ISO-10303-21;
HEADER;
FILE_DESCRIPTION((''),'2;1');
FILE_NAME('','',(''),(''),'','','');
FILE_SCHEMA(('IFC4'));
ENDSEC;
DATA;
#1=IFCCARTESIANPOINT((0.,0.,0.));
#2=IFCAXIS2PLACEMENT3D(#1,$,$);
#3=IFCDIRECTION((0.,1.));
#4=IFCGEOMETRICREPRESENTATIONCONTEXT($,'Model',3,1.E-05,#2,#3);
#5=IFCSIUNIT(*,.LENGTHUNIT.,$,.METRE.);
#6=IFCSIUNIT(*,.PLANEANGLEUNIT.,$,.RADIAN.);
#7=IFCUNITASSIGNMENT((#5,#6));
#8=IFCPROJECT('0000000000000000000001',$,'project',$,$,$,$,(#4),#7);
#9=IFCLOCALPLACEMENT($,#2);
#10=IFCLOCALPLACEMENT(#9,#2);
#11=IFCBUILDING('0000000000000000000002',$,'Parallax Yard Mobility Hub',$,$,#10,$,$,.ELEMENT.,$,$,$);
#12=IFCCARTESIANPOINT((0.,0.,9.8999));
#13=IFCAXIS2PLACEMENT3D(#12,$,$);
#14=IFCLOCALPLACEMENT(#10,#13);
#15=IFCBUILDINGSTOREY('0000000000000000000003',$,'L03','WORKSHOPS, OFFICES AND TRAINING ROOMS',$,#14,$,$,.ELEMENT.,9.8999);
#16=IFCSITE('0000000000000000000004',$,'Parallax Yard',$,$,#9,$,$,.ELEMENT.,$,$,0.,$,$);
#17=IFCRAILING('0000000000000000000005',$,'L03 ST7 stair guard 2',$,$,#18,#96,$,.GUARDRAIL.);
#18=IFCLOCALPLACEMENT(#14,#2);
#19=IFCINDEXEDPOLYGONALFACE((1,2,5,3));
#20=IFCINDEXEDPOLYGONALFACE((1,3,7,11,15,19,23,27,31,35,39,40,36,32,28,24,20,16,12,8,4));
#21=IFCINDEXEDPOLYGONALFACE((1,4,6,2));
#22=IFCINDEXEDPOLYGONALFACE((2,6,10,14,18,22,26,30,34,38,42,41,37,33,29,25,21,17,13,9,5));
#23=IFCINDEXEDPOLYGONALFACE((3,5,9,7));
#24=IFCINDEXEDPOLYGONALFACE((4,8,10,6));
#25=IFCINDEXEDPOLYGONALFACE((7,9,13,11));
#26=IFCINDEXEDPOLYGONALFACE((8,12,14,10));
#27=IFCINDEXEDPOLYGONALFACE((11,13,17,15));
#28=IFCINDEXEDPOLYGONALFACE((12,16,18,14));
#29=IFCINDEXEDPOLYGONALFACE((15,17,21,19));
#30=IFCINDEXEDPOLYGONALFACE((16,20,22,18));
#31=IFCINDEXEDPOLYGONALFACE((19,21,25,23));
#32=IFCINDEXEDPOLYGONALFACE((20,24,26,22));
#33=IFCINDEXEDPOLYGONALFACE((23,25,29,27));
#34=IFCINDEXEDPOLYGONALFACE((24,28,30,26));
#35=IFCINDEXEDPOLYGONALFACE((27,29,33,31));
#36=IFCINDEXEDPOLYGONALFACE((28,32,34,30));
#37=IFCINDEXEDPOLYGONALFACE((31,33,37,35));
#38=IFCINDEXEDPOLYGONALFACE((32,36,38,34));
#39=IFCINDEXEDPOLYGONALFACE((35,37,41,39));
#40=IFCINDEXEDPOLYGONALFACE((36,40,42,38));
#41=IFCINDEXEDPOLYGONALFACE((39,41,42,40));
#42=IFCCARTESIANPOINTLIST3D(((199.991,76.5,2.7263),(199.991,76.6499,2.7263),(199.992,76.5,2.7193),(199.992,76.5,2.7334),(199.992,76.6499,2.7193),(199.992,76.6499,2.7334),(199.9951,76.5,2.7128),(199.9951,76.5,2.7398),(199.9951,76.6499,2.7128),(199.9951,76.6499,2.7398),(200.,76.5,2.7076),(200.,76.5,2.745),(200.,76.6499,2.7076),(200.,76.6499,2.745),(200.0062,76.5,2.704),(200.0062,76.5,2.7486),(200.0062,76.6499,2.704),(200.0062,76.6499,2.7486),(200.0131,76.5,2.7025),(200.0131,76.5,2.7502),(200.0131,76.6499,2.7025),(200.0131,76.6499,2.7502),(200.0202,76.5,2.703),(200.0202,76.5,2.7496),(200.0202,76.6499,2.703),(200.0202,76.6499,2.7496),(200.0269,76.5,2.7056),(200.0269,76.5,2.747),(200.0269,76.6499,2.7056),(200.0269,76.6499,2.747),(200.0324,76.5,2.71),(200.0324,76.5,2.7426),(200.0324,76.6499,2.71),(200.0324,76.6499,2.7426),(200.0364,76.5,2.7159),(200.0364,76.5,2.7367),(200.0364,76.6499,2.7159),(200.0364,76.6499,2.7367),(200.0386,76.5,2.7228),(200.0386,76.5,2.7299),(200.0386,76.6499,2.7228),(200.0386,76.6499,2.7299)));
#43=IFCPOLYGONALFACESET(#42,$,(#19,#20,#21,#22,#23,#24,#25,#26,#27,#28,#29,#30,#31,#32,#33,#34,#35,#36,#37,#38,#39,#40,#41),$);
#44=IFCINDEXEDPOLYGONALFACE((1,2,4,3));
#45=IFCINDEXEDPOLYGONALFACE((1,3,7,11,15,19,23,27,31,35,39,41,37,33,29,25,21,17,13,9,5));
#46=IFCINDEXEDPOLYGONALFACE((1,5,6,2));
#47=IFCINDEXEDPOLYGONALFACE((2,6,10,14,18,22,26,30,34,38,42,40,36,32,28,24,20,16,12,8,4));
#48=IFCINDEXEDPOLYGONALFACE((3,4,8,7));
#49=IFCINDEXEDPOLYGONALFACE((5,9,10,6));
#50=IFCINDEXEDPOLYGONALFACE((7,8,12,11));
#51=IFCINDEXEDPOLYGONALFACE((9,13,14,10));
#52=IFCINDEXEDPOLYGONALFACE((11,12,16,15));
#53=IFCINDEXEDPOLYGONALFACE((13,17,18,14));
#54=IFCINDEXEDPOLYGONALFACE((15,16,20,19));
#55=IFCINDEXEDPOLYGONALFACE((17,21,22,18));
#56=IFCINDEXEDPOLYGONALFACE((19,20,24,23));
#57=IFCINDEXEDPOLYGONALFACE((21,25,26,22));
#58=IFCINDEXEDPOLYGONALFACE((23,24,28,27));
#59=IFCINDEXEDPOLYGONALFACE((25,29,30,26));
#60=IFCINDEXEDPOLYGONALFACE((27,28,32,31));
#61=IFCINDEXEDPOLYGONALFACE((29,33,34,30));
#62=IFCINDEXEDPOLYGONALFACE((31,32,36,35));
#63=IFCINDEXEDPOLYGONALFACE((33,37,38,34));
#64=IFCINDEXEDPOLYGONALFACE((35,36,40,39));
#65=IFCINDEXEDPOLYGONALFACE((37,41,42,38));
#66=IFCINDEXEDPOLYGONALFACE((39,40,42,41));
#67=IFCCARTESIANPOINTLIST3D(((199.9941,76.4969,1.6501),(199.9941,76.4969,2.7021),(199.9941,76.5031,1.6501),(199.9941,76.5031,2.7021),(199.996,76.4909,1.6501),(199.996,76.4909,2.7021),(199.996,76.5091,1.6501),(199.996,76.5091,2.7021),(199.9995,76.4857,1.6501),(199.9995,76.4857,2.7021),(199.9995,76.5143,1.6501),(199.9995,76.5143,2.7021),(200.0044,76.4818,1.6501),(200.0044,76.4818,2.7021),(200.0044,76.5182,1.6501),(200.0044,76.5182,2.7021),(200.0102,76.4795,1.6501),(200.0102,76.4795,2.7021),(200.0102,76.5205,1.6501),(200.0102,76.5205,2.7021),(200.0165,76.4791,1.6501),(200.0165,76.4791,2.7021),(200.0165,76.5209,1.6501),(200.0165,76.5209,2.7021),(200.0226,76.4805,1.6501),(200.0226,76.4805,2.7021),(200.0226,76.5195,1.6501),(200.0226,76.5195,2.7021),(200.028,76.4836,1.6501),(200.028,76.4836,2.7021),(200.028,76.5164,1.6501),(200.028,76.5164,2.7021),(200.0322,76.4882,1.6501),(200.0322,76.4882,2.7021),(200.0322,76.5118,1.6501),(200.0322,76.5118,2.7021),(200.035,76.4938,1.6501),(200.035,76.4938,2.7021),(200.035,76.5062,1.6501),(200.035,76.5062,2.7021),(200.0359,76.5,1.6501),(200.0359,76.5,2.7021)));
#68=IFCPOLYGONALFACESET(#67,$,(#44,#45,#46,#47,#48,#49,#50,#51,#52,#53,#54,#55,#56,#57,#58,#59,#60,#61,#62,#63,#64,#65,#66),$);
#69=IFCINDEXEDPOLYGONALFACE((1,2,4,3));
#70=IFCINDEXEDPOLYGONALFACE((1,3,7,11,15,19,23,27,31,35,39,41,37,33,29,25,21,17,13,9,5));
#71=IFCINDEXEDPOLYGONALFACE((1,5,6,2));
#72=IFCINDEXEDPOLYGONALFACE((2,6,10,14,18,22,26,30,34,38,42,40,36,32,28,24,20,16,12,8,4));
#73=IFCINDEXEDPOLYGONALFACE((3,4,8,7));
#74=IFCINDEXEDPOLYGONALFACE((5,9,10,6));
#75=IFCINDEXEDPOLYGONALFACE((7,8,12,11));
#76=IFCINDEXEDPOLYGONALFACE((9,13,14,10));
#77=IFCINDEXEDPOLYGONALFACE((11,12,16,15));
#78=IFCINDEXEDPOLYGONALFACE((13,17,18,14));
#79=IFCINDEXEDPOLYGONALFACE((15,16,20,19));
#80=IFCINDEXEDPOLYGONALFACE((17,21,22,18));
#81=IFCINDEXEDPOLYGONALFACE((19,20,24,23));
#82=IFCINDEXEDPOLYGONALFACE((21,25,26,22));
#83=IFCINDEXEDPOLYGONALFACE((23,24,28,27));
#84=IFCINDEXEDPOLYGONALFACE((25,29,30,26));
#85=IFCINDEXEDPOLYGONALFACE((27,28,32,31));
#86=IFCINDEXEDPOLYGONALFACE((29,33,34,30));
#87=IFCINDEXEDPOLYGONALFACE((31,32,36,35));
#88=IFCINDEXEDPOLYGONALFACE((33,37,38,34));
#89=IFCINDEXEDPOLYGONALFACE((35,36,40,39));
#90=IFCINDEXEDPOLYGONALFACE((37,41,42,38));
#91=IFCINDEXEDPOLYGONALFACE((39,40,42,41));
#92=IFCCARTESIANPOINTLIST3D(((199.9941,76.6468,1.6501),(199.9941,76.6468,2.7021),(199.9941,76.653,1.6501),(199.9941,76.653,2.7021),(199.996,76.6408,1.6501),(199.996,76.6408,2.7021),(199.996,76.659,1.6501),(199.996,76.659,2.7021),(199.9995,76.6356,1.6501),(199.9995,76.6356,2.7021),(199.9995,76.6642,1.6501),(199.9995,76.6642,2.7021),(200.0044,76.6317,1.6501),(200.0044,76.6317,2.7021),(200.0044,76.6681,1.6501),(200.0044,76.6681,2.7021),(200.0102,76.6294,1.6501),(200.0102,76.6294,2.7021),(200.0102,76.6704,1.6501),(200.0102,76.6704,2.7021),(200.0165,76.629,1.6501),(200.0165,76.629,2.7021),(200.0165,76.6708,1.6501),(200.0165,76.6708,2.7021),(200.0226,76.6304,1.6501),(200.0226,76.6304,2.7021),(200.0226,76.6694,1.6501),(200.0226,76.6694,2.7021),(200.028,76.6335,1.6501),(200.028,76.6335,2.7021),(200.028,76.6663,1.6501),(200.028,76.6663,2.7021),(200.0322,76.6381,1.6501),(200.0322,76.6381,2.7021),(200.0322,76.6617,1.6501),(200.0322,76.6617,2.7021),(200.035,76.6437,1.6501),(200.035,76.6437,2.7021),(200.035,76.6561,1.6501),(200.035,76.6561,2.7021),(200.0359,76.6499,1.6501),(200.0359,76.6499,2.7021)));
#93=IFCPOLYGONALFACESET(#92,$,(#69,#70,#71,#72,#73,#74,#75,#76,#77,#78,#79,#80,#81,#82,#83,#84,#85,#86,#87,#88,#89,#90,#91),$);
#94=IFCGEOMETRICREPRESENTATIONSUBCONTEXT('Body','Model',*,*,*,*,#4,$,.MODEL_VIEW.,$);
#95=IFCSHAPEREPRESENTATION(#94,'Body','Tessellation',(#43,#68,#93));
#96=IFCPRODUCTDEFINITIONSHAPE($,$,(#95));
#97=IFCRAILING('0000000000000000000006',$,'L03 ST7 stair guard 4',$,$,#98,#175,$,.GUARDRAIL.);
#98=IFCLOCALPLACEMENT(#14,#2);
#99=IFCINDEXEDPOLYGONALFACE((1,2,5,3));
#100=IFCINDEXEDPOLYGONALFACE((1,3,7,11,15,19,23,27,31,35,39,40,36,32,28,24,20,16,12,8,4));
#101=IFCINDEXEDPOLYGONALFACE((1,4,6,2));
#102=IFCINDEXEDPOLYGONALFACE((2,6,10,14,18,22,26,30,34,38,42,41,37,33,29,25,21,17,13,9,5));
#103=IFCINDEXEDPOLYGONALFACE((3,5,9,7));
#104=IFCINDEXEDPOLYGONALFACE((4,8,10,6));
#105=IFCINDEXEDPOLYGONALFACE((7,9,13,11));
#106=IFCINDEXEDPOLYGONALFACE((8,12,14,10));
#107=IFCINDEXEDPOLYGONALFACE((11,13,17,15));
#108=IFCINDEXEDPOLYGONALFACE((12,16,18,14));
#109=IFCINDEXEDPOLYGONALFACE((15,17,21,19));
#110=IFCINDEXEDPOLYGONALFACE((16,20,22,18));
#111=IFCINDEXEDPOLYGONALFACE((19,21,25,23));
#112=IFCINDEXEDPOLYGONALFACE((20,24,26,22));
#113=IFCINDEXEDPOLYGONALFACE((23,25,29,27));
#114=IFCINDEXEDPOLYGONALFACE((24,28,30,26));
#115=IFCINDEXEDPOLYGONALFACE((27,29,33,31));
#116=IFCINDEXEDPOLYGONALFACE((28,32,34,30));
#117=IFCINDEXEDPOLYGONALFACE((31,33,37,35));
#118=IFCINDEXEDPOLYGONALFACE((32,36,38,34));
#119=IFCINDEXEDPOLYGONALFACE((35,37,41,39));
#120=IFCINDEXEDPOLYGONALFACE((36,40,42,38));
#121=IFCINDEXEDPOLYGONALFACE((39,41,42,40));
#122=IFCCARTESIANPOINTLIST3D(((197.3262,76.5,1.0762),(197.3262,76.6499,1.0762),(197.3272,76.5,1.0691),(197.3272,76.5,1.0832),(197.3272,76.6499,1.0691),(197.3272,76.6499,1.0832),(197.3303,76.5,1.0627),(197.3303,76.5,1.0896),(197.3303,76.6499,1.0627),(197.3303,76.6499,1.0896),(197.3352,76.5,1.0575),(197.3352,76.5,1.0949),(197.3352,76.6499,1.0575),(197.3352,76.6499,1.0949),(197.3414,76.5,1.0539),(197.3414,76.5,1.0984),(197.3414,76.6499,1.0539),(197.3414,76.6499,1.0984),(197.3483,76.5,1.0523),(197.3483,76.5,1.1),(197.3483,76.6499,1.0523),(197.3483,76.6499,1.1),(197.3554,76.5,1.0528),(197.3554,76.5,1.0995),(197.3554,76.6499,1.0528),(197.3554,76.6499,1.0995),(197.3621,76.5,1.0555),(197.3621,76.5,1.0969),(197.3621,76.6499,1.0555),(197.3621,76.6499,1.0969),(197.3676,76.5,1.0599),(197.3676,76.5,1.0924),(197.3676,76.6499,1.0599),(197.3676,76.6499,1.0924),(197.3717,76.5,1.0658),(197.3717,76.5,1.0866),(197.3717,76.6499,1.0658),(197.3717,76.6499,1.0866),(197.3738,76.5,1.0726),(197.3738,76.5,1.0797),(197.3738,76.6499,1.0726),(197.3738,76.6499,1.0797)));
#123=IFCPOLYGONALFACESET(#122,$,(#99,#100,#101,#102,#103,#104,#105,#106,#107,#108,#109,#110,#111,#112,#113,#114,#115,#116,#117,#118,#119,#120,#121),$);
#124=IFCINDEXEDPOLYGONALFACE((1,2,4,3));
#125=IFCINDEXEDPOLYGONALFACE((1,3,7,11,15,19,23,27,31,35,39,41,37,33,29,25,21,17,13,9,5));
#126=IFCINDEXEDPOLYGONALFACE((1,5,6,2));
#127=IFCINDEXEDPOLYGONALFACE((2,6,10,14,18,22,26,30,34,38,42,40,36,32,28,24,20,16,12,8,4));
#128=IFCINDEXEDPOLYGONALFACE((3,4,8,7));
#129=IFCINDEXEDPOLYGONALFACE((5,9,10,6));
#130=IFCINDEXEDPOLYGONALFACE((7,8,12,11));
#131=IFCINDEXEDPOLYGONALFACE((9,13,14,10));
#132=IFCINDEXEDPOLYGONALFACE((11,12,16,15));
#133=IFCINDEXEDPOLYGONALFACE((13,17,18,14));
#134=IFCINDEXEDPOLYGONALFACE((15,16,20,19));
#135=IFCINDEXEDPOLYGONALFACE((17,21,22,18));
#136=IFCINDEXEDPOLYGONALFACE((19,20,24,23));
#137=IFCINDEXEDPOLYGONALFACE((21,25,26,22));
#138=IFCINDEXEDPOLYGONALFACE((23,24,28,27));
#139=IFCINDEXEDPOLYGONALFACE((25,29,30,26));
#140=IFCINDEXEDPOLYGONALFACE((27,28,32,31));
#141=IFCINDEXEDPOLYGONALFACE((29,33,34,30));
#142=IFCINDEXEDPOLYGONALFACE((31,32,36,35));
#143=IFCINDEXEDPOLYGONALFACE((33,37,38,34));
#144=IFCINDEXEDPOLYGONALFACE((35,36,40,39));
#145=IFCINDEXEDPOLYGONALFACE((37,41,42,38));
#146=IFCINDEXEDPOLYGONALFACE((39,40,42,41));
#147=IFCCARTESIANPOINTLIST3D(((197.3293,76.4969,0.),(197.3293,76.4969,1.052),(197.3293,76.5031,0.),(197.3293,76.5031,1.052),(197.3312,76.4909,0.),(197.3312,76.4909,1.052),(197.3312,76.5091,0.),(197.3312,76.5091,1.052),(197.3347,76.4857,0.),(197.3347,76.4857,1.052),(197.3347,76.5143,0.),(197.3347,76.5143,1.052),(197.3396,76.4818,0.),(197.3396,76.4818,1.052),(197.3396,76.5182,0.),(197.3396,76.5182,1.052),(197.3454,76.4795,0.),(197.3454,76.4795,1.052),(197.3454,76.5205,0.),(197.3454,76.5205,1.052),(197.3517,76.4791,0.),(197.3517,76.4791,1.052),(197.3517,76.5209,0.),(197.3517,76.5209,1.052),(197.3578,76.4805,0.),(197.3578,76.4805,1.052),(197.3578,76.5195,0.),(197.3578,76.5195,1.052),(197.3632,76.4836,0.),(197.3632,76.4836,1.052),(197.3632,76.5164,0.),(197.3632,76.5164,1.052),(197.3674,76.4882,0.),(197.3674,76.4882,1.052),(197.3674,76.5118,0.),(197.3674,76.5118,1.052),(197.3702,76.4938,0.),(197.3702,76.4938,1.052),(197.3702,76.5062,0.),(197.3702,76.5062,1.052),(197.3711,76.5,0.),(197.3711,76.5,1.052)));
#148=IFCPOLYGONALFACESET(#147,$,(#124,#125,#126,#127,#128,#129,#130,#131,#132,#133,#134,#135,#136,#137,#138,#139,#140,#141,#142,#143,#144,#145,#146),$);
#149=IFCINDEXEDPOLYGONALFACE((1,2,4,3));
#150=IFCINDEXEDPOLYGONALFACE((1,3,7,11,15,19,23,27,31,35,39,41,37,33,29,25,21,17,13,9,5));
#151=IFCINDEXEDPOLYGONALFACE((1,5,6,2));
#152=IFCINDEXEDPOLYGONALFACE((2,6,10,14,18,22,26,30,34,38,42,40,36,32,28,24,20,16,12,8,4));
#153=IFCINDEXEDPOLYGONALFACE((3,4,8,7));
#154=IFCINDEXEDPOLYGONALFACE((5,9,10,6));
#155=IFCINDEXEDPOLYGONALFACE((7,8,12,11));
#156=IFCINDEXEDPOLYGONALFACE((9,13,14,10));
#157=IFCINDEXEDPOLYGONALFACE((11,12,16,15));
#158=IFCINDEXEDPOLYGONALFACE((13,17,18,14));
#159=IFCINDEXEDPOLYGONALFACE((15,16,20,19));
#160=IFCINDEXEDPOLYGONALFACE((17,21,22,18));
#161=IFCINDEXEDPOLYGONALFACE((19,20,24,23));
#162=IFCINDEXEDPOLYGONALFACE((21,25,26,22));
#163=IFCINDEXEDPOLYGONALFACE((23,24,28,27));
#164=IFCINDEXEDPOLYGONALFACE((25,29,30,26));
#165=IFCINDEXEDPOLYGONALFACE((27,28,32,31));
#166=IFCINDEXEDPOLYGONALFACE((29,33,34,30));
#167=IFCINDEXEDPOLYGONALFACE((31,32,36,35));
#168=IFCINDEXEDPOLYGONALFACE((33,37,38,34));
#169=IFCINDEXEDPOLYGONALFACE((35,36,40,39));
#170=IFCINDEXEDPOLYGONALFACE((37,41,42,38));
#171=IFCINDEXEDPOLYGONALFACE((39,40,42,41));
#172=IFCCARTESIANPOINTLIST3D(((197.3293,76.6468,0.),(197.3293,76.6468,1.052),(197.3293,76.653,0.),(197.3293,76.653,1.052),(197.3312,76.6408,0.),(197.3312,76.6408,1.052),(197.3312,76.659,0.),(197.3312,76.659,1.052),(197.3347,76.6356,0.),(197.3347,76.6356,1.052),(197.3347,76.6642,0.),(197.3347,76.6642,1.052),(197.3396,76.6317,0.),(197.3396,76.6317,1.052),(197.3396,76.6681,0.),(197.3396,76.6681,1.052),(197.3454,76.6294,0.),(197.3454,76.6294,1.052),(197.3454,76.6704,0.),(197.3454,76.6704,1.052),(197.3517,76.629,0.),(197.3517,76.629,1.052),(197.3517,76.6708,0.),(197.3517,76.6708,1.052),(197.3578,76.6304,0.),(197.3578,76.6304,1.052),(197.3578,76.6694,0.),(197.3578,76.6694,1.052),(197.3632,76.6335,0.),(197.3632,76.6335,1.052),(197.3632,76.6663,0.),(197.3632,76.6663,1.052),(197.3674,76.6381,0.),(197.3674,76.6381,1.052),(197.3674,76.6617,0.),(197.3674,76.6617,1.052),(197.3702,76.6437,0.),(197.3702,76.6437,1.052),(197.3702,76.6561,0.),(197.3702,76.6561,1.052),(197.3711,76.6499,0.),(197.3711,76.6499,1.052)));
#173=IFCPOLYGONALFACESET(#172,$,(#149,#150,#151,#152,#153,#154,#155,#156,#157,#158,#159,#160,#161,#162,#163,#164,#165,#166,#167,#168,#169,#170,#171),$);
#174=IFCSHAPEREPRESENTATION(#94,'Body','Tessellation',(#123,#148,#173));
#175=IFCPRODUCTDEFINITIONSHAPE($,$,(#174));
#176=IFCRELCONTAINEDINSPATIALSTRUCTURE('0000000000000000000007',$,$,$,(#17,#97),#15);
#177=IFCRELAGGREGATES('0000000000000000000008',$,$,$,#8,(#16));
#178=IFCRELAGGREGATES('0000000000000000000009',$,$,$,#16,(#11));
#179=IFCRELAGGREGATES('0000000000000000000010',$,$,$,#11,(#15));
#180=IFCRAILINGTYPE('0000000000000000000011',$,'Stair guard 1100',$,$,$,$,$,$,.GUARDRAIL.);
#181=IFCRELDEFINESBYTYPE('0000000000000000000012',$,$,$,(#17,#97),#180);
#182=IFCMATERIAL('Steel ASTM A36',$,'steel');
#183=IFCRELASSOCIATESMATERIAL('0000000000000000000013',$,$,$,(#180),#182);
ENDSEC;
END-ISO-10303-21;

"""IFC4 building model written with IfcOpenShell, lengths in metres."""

from ifc_helpers import new_model, si_unit, direction, frame, origin, origin_2d, place, context, subcontext, project, spatial, circle, extrude, material, type_object, element, save


model = new_model("IFC4")

# Units and contexts
model_context = context("Model", 3, precision=1e-05, world=origin(), true_north=direction((0.0, 1.0)))
body_context = subcontext(model_context, "Body", "Model", "MODEL_VIEW")
ifc_project = project(units=[si_unit("LENGTHUNIT", "METRE"), si_unit("PLANEANGLEUNIT", "RADIAN")], contexts=[model_context])

# Site, building, storey
site_placement = place(None, origin())
site = spatial("IfcSite", under=ifc_project, at=site_placement, Name="Parallax Yard", CompositionType="ELEMENT", RefElevation=0.0)
building_placement = place(site_placement, origin())
building = spatial("IfcBuilding", under=site, at=building_placement, Name="Parallax Yard Mobility Hub", CompositionType="ELEMENT")
storey_placement = place(building_placement, frame((0.0, 0.0, 9.8999)))
storey = spatial("IfcBuildingStorey", under=building, at=storey_placement, Name="L03", Description="WORKSHOPS, OFFICES AND TRAINING ROOMS", CompositionType="ELEMENT", Elevation=9.8999)

# Railings
ifc_material_1 = material(Name="Steel ASTM A36", Category="steel")
railing_type_1 = type_object("IfcRailingType", Name="Stair guard 1100", PredefinedType="GUARDRAIL", material=ifc_material_1)
for number, where, name in (
    (1, (200.0149, 76.5, 1.6501), "L03 ST7 stair guard 2"),
    (2, (197.3501, 76.5, 0.0), "L03 ST7 stair guard 4"),
):
    element("IfcRailing", number, at=place(storey_placement, frame(where)), inside=storey, type_object=railing_type_1, Name=name, PredefinedType="GUARDRAIL", context=body_context, shape_type="SweptSolid", body=[
        extrude(circle(Radius=0.0239, at=origin_2d()), frame((0.0, 0.0, 1.0762), z_axis=(0.0, 1.0, 0.0), x_axis=(-1.0, 0.0, 0.0)), (0.0, 0.0, 1.0), 0.1499),
        extrude(circle(Radius=0.021, at=origin_2d()), origin(), (0.0, 0.0, 1.0), 1.052),
        extrude(circle(Radius=0.021, at=origin_2d()), frame((0.0, 0.1499, 0.0)), (0.0, 0.0, 1.0), 1.052),
    ])

save(model, "model.ifc")
